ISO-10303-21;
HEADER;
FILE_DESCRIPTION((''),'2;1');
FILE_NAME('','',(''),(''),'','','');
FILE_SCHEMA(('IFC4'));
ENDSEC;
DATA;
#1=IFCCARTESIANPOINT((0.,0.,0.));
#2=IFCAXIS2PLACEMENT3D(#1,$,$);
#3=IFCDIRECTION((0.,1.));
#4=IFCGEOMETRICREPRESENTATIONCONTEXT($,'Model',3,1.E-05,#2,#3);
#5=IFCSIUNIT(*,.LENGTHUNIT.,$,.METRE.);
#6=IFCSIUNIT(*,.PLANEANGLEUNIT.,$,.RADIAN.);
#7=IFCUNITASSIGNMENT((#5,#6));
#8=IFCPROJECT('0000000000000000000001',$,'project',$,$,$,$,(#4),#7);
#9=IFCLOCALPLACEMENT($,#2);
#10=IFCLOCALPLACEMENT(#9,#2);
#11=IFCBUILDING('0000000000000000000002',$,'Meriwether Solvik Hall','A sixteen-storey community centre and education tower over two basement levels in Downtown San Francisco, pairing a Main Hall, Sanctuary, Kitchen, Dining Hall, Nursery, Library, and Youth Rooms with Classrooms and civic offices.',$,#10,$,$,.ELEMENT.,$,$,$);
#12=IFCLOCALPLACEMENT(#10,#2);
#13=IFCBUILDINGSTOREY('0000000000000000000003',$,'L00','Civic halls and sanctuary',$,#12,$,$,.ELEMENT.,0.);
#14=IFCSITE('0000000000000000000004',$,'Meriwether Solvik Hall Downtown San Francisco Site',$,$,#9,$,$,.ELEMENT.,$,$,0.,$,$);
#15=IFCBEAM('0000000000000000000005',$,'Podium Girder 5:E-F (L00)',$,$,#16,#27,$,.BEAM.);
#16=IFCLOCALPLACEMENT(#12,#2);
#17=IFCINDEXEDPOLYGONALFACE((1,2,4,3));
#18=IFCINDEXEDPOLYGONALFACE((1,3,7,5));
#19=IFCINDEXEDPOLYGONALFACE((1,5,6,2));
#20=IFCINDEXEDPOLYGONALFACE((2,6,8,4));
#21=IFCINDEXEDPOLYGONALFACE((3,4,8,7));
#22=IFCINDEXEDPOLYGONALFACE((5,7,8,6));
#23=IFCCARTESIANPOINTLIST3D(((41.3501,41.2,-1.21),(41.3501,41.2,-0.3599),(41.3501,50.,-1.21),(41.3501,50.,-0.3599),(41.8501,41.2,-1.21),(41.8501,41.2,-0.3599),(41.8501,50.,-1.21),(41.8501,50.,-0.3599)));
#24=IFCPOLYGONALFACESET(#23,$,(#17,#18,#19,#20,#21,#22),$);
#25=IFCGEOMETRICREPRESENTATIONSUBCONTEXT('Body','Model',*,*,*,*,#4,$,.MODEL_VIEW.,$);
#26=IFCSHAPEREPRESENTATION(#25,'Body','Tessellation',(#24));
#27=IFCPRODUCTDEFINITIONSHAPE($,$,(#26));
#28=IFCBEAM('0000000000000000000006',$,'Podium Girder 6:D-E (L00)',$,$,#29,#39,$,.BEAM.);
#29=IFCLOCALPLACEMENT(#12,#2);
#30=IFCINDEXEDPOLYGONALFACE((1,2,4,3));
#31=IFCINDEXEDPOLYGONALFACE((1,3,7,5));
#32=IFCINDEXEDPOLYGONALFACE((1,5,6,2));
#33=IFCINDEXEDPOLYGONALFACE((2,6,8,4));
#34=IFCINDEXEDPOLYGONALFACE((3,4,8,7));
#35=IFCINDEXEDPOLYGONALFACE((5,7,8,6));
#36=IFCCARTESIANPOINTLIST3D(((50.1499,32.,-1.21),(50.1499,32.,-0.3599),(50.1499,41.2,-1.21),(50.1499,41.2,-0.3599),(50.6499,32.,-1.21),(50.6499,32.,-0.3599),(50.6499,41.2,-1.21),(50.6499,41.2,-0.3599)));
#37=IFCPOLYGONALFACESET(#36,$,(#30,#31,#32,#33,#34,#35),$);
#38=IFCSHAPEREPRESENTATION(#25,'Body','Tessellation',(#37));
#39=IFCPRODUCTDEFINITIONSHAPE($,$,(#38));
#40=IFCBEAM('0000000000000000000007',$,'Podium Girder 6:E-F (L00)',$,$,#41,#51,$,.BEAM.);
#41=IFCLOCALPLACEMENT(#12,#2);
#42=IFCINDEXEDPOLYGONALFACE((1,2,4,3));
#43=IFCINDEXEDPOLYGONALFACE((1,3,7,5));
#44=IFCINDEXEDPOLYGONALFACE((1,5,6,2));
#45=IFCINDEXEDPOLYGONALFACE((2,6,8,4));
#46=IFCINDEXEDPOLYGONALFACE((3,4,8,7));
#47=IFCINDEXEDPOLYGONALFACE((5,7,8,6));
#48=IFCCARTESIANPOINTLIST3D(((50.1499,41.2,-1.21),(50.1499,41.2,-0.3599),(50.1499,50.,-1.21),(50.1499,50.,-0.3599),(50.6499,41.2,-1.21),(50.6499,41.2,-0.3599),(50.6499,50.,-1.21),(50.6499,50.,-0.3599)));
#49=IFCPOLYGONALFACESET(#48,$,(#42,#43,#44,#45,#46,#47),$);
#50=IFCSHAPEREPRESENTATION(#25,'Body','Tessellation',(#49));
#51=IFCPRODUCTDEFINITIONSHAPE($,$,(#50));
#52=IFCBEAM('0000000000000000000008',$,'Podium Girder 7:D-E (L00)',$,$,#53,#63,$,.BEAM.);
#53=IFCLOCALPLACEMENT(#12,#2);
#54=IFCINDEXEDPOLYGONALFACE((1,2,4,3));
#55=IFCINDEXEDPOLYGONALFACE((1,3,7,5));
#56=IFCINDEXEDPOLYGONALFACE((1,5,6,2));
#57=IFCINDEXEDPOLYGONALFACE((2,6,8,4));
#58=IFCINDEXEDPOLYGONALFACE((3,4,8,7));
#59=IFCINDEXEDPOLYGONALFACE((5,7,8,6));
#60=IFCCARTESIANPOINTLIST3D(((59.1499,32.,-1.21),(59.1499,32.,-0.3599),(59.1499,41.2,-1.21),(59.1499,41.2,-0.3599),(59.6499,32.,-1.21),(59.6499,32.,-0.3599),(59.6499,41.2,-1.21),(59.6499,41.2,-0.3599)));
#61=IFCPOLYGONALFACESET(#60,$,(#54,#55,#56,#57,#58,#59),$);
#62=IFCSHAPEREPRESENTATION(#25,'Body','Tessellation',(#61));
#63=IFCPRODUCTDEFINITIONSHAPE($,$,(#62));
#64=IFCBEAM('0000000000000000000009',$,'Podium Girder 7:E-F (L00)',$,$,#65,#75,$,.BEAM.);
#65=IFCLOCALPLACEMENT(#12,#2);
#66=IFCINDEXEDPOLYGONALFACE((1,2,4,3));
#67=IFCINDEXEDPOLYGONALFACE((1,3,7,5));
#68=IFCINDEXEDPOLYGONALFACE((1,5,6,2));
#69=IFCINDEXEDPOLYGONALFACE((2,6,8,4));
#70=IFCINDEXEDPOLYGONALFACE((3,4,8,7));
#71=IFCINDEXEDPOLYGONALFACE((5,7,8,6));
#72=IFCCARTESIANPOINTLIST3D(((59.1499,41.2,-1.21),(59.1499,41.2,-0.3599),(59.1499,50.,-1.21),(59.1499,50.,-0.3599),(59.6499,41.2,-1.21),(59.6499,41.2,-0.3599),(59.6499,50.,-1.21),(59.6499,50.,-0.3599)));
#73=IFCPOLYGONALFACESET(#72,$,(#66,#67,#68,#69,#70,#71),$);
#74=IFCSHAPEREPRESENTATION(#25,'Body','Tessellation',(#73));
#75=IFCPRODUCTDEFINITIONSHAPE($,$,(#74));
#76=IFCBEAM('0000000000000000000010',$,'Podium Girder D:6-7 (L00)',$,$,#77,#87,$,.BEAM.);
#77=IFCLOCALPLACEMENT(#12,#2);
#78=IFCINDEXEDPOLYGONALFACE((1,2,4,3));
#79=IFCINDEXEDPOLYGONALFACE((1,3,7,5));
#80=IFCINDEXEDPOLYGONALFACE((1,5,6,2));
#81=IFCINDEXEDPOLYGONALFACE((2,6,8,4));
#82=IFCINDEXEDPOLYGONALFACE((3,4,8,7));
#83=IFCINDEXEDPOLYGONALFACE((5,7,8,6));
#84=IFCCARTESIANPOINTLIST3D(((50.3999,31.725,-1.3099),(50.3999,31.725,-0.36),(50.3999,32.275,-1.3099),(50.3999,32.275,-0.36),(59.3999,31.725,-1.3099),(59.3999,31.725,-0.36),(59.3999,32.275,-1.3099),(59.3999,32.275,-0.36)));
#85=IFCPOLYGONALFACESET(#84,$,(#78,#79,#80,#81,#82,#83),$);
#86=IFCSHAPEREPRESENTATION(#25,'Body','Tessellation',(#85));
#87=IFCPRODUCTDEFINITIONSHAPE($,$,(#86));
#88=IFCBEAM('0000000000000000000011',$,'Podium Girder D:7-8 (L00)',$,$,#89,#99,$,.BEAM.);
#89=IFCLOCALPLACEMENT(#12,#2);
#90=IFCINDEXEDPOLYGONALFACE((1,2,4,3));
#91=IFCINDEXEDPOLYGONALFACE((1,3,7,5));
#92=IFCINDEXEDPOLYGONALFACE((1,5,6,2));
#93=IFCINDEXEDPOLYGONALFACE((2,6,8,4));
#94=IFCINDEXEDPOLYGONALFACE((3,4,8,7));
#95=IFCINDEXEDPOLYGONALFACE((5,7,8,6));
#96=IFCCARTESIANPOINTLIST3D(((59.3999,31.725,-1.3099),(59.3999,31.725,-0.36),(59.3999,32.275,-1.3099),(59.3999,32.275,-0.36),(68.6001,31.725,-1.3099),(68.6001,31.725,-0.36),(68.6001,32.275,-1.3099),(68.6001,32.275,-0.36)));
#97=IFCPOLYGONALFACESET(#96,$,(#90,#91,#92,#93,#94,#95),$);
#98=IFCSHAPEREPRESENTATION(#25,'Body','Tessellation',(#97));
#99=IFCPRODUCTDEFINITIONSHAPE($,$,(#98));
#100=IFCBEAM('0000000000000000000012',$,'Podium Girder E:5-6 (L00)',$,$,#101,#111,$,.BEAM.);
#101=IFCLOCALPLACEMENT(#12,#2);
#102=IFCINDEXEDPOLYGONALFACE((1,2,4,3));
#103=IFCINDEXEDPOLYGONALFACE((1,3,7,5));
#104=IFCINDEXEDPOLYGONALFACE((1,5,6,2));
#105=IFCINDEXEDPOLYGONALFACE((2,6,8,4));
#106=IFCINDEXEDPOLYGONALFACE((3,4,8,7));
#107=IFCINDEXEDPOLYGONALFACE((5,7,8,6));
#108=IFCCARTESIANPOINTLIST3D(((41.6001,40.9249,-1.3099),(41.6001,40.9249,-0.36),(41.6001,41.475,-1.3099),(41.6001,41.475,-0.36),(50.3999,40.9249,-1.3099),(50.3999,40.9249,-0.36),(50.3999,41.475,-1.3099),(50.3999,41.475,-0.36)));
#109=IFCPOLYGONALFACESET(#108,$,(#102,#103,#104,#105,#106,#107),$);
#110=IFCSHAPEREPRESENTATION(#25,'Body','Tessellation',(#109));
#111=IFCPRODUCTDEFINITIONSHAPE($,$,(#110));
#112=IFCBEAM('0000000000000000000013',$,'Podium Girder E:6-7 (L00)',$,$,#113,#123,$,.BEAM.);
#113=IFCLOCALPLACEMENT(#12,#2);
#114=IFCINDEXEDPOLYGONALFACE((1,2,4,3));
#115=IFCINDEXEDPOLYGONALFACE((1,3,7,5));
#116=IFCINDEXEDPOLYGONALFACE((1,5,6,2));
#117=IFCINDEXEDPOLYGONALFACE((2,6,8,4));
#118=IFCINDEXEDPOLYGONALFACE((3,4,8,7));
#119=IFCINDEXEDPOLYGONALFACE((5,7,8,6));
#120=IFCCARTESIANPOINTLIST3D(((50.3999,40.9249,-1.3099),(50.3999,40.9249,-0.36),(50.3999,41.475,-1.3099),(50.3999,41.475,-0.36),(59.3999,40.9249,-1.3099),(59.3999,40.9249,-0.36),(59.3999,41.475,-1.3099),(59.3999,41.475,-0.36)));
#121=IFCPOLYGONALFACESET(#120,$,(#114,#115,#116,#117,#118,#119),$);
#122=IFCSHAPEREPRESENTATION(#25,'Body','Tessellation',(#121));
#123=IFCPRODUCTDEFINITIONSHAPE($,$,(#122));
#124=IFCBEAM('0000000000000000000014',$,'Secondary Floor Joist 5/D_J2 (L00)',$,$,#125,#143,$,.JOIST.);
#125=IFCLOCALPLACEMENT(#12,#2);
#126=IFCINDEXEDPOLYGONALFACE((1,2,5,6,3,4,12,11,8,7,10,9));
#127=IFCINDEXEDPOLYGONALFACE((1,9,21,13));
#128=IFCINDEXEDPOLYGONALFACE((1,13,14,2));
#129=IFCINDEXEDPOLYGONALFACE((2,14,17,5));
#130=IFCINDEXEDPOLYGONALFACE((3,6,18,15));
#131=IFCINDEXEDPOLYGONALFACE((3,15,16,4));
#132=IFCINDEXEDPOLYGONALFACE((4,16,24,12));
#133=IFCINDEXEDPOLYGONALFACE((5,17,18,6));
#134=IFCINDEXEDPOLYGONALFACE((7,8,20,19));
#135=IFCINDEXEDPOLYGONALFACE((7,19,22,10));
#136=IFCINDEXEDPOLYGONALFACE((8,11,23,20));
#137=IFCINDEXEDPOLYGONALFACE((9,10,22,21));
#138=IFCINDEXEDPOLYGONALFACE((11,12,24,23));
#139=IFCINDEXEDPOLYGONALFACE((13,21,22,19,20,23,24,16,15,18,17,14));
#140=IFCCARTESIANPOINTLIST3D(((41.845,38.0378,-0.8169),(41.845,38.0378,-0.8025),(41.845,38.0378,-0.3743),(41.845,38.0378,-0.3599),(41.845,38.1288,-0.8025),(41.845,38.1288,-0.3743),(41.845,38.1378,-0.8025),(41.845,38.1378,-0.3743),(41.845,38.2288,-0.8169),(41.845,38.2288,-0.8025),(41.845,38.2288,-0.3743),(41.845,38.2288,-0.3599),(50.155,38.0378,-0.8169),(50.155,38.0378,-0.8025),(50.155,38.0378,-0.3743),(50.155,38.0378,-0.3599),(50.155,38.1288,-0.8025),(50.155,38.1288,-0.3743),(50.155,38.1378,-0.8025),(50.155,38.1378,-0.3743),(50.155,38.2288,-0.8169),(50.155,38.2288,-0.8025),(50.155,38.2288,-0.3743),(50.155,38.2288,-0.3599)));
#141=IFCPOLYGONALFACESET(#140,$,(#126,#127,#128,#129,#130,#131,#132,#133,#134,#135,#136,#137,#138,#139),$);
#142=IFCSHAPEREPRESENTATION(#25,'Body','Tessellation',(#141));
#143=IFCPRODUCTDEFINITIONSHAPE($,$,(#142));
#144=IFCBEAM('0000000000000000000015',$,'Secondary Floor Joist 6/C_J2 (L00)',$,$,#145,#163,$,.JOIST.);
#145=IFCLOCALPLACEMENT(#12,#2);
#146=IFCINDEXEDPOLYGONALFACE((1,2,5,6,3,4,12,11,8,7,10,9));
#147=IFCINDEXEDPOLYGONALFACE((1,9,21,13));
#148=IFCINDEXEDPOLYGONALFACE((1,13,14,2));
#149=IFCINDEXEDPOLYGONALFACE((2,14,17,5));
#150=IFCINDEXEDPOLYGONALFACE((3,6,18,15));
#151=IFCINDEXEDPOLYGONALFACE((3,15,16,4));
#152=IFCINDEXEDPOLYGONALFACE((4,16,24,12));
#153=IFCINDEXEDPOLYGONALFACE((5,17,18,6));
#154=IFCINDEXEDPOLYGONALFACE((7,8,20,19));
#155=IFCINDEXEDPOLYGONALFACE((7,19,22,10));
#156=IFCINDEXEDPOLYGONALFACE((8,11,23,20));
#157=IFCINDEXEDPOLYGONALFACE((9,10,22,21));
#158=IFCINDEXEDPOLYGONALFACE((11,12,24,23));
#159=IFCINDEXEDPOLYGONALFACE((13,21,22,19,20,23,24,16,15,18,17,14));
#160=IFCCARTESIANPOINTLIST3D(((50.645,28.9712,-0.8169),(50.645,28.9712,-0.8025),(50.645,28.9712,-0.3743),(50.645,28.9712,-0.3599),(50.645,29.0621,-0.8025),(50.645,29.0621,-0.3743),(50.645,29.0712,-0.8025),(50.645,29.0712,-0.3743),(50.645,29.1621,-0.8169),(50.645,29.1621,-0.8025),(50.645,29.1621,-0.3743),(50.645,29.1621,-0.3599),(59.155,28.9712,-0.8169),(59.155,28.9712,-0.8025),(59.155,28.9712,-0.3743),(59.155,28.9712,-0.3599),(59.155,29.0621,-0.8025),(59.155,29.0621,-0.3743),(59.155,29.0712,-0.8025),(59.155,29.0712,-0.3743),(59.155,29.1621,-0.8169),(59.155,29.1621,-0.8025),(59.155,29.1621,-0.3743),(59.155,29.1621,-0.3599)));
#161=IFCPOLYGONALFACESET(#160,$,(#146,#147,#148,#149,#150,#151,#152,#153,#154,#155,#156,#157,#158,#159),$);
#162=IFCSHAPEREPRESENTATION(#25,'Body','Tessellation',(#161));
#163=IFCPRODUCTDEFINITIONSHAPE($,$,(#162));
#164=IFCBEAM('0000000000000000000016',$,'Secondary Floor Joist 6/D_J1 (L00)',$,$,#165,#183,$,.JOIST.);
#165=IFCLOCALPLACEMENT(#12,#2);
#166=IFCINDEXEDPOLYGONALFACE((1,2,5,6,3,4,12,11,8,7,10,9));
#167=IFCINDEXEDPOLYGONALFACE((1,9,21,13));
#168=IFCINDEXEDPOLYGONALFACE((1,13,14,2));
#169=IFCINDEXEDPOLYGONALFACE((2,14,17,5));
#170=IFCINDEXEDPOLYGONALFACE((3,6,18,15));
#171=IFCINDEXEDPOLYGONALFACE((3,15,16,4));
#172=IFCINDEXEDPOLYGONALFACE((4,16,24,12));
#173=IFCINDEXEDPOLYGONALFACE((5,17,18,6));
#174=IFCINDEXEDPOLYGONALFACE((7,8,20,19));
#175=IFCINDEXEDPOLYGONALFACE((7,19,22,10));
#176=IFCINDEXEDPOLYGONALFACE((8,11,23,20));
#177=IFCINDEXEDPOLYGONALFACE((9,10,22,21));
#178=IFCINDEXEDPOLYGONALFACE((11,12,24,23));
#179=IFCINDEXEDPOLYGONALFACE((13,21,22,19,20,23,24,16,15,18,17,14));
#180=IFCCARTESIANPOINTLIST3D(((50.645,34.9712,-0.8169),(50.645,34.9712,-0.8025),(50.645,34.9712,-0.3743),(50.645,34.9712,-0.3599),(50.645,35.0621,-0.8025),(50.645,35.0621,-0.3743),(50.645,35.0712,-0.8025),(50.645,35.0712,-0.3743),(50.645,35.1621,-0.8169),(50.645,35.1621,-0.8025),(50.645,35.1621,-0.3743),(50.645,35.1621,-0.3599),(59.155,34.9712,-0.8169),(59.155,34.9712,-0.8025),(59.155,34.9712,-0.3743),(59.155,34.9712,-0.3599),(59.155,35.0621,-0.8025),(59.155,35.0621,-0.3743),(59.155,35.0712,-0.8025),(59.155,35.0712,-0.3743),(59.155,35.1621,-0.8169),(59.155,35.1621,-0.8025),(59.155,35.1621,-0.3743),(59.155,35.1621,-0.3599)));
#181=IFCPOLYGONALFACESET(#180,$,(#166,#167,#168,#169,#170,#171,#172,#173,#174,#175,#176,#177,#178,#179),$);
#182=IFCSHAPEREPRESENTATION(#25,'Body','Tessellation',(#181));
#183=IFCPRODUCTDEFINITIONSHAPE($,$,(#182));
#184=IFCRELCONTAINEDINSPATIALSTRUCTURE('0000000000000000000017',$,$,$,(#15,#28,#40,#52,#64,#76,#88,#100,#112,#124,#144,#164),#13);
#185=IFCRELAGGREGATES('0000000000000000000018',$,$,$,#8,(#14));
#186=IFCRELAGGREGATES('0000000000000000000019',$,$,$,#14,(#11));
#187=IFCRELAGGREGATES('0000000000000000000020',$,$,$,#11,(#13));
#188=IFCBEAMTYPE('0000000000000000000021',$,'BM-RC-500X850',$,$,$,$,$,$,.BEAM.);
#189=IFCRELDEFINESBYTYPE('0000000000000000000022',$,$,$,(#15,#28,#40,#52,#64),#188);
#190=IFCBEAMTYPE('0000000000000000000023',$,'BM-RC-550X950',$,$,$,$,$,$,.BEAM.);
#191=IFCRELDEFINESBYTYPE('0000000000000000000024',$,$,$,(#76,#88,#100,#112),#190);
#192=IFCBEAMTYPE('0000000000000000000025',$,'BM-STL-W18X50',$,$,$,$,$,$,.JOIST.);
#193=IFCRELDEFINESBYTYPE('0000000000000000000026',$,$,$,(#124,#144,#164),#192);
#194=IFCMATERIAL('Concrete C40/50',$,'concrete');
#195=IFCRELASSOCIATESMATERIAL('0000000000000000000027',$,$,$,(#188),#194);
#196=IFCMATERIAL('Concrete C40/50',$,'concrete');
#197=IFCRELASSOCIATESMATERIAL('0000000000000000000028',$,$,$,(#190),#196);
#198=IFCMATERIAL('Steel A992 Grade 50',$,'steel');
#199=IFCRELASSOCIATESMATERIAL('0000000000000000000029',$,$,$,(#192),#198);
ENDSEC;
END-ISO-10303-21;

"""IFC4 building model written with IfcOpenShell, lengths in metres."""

from ifc_helpers import new_model, si_unit, direction, frame, origin, origin_2d, place, context, subcontext, project, spatial, rectangle, i_section, extrude, material, material_profile, profile_set, type_object, element, save


model = new_model("IFC4")

# Units and contexts
model_context = context("Model", 3, precision=1e-05, world=origin(), true_north=direction((0.0, 1.0)))
body_context = subcontext(model_context, "Body", "Model", "MODEL_VIEW")
ifc_project = project(units=[si_unit("LENGTHUNIT", "METRE"), si_unit("PLANEANGLEUNIT", "RADIAN")], contexts=[model_context])

# Site, building, storey
site_placement = place(None, origin())
site = spatial("IfcSite", under=ifc_project, at=site_placement, Name="Meriwether Solvik Hall Downtown San Francisco Site", CompositionType="ELEMENT", RefElevation=0.0)
building_placement = place(site_placement, origin())
building = spatial("IfcBuilding", under=site, at=building_placement, Name="Meriwether Solvik Hall", Description="A sixteen-storey community centre and education tower over two basement levels in Downtown San Francisco, pairing a Main Hall, Sanctuary, Kitchen, Dining Hall, Nursery, Library, and Youth Rooms with Classrooms and civic offices.", CompositionType="ELEMENT")
storey_placement = place(building_placement, origin())
storey = spatial("IfcBuildingStorey", under=building, at=storey_placement, Name="L00", Description="Civic halls and sanctuary", CompositionType="ELEMENT", Elevation=0.0)

# Beams
ifc_material_1 = material(Name="Concrete C40/50", Category="concrete")
ifc_material_profile_1 = material_profile(ifc_material_1, rectangle(XDim=0.5, YDim=0.8501, at=origin_2d()), Name="RCB-500X850")
ifc_profile_set_1 = profile_set([ifc_material_profile_1], Name="Concrete C40/50")
beam_type_1 = type_object("IfcBeamType", Name="BM-RC-500X850", PredefinedType="BEAM", material=ifc_profile_set_1)
beam_1_placement = place(storey_placement, frame((41.6001, 41.2, -0.7849), z_axis=(0.0, 1.0, 0.0), x_axis=(-1.0, 0.0, 0.0)))
element("IfcBeam", 1, at=beam_1_placement, inside=storey, type_object=beam_type_1, Name="Podium Girder 5:E-F (L00)", PredefinedType="BEAM", context=body_context, shape_type="SweptSolid", body=[
    extrude(rectangle(XDim=0.5, YDim=0.8501, at=origin_2d()), origin(), (0.0, 0.0, 1.0), 8.8),
])
beam_2_placement = place(storey_placement, frame((50.3999, 32.0, -0.7849), z_axis=(0.0, 1.0, 0.0), x_axis=(-1.0, 0.0, 0.0)))
element("IfcBeam", 2, at=beam_2_placement, inside=storey, type_object=beam_type_1, Name="Podium Girder 6:D-E (L00)", PredefinedType="BEAM", context=body_context, shape_type="SweptSolid", body=[
    extrude(rectangle(XDim=0.5, YDim=0.8501, at=origin_2d()), origin(), (0.0, 0.0, 1.0), 9.2),
])
beam_3_placement = place(storey_placement, frame((50.3999, 41.2, -0.7849), z_axis=(0.0, 1.0, 0.0), x_axis=(-1.0, 0.0, 0.0)))
element("IfcBeam", 3, at=beam_3_placement, inside=storey, type_object=beam_type_1, Name="Podium Girder 6:E-F (L00)", PredefinedType="BEAM", context=body_context, shape_type="SweptSolid", body=[
    extrude(rectangle(XDim=0.5, YDim=0.8501, at=origin_2d()), origin(), (0.0, 0.0, 1.0), 8.8),
])
beam_4_placement = place(storey_placement, frame((59.3999, 32.0, -0.7849), z_axis=(0.0, 1.0, 0.0), x_axis=(-1.0, 0.0, 0.0)))
element("IfcBeam", 4, at=beam_4_placement, inside=storey, type_object=beam_type_1, Name="Podium Girder 7:D-E (L00)", PredefinedType="BEAM", context=body_context, shape_type="SweptSolid", body=[
    extrude(rectangle(XDim=0.5, YDim=0.8501, at=origin_2d()), origin(), (0.0, 0.0, 1.0), 9.2),
])
beam_5_placement = place(storey_placement, frame((59.3999, 41.2, -0.7849), z_axis=(0.0, 1.0, 0.0), x_axis=(-1.0, 0.0, 0.0)))
element("IfcBeam", 5, at=beam_5_placement, inside=storey, type_object=beam_type_1, Name="Podium Girder 7:E-F (L00)", PredefinedType="BEAM", context=body_context, shape_type="SweptSolid", body=[
    extrude(rectangle(XDim=0.5, YDim=0.8501, at=origin_2d()), origin(), (0.0, 0.0, 1.0), 8.8),
])
ifc_material_2 = material(Name="Concrete C40/50", Category="concrete")
ifc_material_profile_2 = material_profile(ifc_material_2, rectangle(XDim=0.55, YDim=0.95, at=origin_2d()), Name="RCB-550X950")
ifc_profile_set_2 = profile_set([ifc_material_profile_2], Name="Concrete C40/50")
beam_type_2 = type_object("IfcBeamType", Name="BM-RC-550X950", PredefinedType="BEAM", material=ifc_profile_set_2)
beam_6_placement = place(storey_placement, frame((50.3999, 32.0, -0.835), z_axis=(1.0, 0.0, 0.0), x_axis=(0.0, 1.0, 0.0)))
element("IfcBeam", 6, at=beam_6_placement, inside=storey, type_object=beam_type_2, Name="Podium Girder D:6-7 (L00)", PredefinedType="BEAM", context=body_context, shape_type="SweptSolid", body=[
    extrude(rectangle(XDim=0.55, YDim=0.95, at=origin_2d()), origin(), (0.0, 0.0, 1.0), 9.0),
])
beam_7_placement = place(storey_placement, frame((59.3999, 32.0, -0.835), z_axis=(1.0, 0.0, 0.0), x_axis=(0.0, 1.0, 0.0)))
element("IfcBeam", 7, at=beam_7_placement, inside=storey, type_object=beam_type_2, Name="Podium Girder D:7-8 (L00)", PredefinedType="BEAM", context=body_context, shape_type="SweptSolid", body=[
    extrude(rectangle(XDim=0.55, YDim=0.95, at=origin_2d()), origin(), (0.0, 0.0, 1.0), 9.2002),
])
beam_8_placement = place(storey_placement, frame((41.6001, 41.2, -0.835), z_axis=(1.0, 0.0, 0.0), x_axis=(0.0, 1.0, 0.0)))
element("IfcBeam", 8, at=beam_8_placement, inside=storey, type_object=beam_type_2, Name="Podium Girder E:5-6 (L00)", PredefinedType="BEAM", context=body_context, shape_type="SweptSolid", body=[
    extrude(rectangle(XDim=0.55, YDim=0.95, at=origin_2d()), origin(), (0.0, 0.0, 1.0), 8.7998),
])
beam_9_placement = place(storey_placement, frame((50.3999, 41.2, -0.835), z_axis=(1.0, 0.0, 0.0), x_axis=(0.0, 1.0, 0.0)))
element("IfcBeam", 9, at=beam_9_placement, inside=storey, type_object=beam_type_2, Name="Podium Girder E:6-7 (L00)", PredefinedType="BEAM", context=body_context, shape_type="SweptSolid", body=[
    extrude(rectangle(XDim=0.55, YDim=0.95, at=origin_2d()), origin(), (0.0, 0.0, 1.0), 9.0),
])
ifc_material_3 = material(Name="Steel A992 Grade 50", Category="steel")
ifc_material_profile_3 = material_profile(ifc_material_3, i_section(OverallWidth=0.1909, OverallDepth=0.457, WebThickness=0.009, FlangeThickness=0.0144, at=origin_2d()), Name="W18X50")
ifc_profile_set_3 = profile_set([ifc_material_profile_3], Name="Steel A992 Grade 50")
beam_type_3 = type_object("IfcBeamType", Name="BM-STL-W18X50", PredefinedType="JOIST", material=ifc_profile_set_3)
beam_10_placement = place(storey_placement, frame((41.845, 38.1333, -0.5884), z_axis=(1.0, 0.0, 0.0), x_axis=(0.0, 1.0, 0.0)))
element("IfcBeam", 10, at=beam_10_placement, inside=storey, type_object=beam_type_3, Name="Secondary Floor Joist 5/D_J2 (L00)", PredefinedType="JOIST", context=body_context, shape_type="SweptSolid", body=[
    extrude(i_section(OverallWidth=0.1909, OverallDepth=0.457, WebThickness=0.009, FlangeThickness=0.0144, at=origin_2d()), origin(), (0.0, 0.0, 1.0), 8.3101),
])
for number, where, z_axis, x_axis, name in (
    (11, (50.645, 29.0667, -0.5884), (1.0, 0.0, 0.0), (0.0, 1.0, 0.0), "Secondary Floor Joist 6/C_J2 (L00)"),
    (12, (50.645, 35.0667, -0.5884), (1.0, 0.0, 0.0), (0.0, 1.0, 0.0), "Secondary Floor Joist 6/D_J1 (L00)"),
):
    element("IfcBeam", number, at=place(storey_placement, frame(where, z_axis=z_axis, x_axis=x_axis)), inside=storey, type_object=beam_type_3, Name=name, PredefinedType="JOIST", context=body_context, shape_type="SweptSolid", body=[
        extrude(i_section(OverallWidth=0.1909, OverallDepth=0.457, WebThickness=0.009, FlangeThickness=0.0144, at=origin_2d()), origin(), (0.0, 0.0, 1.0), 8.51),
    ])

save(model, "model.ifc")
